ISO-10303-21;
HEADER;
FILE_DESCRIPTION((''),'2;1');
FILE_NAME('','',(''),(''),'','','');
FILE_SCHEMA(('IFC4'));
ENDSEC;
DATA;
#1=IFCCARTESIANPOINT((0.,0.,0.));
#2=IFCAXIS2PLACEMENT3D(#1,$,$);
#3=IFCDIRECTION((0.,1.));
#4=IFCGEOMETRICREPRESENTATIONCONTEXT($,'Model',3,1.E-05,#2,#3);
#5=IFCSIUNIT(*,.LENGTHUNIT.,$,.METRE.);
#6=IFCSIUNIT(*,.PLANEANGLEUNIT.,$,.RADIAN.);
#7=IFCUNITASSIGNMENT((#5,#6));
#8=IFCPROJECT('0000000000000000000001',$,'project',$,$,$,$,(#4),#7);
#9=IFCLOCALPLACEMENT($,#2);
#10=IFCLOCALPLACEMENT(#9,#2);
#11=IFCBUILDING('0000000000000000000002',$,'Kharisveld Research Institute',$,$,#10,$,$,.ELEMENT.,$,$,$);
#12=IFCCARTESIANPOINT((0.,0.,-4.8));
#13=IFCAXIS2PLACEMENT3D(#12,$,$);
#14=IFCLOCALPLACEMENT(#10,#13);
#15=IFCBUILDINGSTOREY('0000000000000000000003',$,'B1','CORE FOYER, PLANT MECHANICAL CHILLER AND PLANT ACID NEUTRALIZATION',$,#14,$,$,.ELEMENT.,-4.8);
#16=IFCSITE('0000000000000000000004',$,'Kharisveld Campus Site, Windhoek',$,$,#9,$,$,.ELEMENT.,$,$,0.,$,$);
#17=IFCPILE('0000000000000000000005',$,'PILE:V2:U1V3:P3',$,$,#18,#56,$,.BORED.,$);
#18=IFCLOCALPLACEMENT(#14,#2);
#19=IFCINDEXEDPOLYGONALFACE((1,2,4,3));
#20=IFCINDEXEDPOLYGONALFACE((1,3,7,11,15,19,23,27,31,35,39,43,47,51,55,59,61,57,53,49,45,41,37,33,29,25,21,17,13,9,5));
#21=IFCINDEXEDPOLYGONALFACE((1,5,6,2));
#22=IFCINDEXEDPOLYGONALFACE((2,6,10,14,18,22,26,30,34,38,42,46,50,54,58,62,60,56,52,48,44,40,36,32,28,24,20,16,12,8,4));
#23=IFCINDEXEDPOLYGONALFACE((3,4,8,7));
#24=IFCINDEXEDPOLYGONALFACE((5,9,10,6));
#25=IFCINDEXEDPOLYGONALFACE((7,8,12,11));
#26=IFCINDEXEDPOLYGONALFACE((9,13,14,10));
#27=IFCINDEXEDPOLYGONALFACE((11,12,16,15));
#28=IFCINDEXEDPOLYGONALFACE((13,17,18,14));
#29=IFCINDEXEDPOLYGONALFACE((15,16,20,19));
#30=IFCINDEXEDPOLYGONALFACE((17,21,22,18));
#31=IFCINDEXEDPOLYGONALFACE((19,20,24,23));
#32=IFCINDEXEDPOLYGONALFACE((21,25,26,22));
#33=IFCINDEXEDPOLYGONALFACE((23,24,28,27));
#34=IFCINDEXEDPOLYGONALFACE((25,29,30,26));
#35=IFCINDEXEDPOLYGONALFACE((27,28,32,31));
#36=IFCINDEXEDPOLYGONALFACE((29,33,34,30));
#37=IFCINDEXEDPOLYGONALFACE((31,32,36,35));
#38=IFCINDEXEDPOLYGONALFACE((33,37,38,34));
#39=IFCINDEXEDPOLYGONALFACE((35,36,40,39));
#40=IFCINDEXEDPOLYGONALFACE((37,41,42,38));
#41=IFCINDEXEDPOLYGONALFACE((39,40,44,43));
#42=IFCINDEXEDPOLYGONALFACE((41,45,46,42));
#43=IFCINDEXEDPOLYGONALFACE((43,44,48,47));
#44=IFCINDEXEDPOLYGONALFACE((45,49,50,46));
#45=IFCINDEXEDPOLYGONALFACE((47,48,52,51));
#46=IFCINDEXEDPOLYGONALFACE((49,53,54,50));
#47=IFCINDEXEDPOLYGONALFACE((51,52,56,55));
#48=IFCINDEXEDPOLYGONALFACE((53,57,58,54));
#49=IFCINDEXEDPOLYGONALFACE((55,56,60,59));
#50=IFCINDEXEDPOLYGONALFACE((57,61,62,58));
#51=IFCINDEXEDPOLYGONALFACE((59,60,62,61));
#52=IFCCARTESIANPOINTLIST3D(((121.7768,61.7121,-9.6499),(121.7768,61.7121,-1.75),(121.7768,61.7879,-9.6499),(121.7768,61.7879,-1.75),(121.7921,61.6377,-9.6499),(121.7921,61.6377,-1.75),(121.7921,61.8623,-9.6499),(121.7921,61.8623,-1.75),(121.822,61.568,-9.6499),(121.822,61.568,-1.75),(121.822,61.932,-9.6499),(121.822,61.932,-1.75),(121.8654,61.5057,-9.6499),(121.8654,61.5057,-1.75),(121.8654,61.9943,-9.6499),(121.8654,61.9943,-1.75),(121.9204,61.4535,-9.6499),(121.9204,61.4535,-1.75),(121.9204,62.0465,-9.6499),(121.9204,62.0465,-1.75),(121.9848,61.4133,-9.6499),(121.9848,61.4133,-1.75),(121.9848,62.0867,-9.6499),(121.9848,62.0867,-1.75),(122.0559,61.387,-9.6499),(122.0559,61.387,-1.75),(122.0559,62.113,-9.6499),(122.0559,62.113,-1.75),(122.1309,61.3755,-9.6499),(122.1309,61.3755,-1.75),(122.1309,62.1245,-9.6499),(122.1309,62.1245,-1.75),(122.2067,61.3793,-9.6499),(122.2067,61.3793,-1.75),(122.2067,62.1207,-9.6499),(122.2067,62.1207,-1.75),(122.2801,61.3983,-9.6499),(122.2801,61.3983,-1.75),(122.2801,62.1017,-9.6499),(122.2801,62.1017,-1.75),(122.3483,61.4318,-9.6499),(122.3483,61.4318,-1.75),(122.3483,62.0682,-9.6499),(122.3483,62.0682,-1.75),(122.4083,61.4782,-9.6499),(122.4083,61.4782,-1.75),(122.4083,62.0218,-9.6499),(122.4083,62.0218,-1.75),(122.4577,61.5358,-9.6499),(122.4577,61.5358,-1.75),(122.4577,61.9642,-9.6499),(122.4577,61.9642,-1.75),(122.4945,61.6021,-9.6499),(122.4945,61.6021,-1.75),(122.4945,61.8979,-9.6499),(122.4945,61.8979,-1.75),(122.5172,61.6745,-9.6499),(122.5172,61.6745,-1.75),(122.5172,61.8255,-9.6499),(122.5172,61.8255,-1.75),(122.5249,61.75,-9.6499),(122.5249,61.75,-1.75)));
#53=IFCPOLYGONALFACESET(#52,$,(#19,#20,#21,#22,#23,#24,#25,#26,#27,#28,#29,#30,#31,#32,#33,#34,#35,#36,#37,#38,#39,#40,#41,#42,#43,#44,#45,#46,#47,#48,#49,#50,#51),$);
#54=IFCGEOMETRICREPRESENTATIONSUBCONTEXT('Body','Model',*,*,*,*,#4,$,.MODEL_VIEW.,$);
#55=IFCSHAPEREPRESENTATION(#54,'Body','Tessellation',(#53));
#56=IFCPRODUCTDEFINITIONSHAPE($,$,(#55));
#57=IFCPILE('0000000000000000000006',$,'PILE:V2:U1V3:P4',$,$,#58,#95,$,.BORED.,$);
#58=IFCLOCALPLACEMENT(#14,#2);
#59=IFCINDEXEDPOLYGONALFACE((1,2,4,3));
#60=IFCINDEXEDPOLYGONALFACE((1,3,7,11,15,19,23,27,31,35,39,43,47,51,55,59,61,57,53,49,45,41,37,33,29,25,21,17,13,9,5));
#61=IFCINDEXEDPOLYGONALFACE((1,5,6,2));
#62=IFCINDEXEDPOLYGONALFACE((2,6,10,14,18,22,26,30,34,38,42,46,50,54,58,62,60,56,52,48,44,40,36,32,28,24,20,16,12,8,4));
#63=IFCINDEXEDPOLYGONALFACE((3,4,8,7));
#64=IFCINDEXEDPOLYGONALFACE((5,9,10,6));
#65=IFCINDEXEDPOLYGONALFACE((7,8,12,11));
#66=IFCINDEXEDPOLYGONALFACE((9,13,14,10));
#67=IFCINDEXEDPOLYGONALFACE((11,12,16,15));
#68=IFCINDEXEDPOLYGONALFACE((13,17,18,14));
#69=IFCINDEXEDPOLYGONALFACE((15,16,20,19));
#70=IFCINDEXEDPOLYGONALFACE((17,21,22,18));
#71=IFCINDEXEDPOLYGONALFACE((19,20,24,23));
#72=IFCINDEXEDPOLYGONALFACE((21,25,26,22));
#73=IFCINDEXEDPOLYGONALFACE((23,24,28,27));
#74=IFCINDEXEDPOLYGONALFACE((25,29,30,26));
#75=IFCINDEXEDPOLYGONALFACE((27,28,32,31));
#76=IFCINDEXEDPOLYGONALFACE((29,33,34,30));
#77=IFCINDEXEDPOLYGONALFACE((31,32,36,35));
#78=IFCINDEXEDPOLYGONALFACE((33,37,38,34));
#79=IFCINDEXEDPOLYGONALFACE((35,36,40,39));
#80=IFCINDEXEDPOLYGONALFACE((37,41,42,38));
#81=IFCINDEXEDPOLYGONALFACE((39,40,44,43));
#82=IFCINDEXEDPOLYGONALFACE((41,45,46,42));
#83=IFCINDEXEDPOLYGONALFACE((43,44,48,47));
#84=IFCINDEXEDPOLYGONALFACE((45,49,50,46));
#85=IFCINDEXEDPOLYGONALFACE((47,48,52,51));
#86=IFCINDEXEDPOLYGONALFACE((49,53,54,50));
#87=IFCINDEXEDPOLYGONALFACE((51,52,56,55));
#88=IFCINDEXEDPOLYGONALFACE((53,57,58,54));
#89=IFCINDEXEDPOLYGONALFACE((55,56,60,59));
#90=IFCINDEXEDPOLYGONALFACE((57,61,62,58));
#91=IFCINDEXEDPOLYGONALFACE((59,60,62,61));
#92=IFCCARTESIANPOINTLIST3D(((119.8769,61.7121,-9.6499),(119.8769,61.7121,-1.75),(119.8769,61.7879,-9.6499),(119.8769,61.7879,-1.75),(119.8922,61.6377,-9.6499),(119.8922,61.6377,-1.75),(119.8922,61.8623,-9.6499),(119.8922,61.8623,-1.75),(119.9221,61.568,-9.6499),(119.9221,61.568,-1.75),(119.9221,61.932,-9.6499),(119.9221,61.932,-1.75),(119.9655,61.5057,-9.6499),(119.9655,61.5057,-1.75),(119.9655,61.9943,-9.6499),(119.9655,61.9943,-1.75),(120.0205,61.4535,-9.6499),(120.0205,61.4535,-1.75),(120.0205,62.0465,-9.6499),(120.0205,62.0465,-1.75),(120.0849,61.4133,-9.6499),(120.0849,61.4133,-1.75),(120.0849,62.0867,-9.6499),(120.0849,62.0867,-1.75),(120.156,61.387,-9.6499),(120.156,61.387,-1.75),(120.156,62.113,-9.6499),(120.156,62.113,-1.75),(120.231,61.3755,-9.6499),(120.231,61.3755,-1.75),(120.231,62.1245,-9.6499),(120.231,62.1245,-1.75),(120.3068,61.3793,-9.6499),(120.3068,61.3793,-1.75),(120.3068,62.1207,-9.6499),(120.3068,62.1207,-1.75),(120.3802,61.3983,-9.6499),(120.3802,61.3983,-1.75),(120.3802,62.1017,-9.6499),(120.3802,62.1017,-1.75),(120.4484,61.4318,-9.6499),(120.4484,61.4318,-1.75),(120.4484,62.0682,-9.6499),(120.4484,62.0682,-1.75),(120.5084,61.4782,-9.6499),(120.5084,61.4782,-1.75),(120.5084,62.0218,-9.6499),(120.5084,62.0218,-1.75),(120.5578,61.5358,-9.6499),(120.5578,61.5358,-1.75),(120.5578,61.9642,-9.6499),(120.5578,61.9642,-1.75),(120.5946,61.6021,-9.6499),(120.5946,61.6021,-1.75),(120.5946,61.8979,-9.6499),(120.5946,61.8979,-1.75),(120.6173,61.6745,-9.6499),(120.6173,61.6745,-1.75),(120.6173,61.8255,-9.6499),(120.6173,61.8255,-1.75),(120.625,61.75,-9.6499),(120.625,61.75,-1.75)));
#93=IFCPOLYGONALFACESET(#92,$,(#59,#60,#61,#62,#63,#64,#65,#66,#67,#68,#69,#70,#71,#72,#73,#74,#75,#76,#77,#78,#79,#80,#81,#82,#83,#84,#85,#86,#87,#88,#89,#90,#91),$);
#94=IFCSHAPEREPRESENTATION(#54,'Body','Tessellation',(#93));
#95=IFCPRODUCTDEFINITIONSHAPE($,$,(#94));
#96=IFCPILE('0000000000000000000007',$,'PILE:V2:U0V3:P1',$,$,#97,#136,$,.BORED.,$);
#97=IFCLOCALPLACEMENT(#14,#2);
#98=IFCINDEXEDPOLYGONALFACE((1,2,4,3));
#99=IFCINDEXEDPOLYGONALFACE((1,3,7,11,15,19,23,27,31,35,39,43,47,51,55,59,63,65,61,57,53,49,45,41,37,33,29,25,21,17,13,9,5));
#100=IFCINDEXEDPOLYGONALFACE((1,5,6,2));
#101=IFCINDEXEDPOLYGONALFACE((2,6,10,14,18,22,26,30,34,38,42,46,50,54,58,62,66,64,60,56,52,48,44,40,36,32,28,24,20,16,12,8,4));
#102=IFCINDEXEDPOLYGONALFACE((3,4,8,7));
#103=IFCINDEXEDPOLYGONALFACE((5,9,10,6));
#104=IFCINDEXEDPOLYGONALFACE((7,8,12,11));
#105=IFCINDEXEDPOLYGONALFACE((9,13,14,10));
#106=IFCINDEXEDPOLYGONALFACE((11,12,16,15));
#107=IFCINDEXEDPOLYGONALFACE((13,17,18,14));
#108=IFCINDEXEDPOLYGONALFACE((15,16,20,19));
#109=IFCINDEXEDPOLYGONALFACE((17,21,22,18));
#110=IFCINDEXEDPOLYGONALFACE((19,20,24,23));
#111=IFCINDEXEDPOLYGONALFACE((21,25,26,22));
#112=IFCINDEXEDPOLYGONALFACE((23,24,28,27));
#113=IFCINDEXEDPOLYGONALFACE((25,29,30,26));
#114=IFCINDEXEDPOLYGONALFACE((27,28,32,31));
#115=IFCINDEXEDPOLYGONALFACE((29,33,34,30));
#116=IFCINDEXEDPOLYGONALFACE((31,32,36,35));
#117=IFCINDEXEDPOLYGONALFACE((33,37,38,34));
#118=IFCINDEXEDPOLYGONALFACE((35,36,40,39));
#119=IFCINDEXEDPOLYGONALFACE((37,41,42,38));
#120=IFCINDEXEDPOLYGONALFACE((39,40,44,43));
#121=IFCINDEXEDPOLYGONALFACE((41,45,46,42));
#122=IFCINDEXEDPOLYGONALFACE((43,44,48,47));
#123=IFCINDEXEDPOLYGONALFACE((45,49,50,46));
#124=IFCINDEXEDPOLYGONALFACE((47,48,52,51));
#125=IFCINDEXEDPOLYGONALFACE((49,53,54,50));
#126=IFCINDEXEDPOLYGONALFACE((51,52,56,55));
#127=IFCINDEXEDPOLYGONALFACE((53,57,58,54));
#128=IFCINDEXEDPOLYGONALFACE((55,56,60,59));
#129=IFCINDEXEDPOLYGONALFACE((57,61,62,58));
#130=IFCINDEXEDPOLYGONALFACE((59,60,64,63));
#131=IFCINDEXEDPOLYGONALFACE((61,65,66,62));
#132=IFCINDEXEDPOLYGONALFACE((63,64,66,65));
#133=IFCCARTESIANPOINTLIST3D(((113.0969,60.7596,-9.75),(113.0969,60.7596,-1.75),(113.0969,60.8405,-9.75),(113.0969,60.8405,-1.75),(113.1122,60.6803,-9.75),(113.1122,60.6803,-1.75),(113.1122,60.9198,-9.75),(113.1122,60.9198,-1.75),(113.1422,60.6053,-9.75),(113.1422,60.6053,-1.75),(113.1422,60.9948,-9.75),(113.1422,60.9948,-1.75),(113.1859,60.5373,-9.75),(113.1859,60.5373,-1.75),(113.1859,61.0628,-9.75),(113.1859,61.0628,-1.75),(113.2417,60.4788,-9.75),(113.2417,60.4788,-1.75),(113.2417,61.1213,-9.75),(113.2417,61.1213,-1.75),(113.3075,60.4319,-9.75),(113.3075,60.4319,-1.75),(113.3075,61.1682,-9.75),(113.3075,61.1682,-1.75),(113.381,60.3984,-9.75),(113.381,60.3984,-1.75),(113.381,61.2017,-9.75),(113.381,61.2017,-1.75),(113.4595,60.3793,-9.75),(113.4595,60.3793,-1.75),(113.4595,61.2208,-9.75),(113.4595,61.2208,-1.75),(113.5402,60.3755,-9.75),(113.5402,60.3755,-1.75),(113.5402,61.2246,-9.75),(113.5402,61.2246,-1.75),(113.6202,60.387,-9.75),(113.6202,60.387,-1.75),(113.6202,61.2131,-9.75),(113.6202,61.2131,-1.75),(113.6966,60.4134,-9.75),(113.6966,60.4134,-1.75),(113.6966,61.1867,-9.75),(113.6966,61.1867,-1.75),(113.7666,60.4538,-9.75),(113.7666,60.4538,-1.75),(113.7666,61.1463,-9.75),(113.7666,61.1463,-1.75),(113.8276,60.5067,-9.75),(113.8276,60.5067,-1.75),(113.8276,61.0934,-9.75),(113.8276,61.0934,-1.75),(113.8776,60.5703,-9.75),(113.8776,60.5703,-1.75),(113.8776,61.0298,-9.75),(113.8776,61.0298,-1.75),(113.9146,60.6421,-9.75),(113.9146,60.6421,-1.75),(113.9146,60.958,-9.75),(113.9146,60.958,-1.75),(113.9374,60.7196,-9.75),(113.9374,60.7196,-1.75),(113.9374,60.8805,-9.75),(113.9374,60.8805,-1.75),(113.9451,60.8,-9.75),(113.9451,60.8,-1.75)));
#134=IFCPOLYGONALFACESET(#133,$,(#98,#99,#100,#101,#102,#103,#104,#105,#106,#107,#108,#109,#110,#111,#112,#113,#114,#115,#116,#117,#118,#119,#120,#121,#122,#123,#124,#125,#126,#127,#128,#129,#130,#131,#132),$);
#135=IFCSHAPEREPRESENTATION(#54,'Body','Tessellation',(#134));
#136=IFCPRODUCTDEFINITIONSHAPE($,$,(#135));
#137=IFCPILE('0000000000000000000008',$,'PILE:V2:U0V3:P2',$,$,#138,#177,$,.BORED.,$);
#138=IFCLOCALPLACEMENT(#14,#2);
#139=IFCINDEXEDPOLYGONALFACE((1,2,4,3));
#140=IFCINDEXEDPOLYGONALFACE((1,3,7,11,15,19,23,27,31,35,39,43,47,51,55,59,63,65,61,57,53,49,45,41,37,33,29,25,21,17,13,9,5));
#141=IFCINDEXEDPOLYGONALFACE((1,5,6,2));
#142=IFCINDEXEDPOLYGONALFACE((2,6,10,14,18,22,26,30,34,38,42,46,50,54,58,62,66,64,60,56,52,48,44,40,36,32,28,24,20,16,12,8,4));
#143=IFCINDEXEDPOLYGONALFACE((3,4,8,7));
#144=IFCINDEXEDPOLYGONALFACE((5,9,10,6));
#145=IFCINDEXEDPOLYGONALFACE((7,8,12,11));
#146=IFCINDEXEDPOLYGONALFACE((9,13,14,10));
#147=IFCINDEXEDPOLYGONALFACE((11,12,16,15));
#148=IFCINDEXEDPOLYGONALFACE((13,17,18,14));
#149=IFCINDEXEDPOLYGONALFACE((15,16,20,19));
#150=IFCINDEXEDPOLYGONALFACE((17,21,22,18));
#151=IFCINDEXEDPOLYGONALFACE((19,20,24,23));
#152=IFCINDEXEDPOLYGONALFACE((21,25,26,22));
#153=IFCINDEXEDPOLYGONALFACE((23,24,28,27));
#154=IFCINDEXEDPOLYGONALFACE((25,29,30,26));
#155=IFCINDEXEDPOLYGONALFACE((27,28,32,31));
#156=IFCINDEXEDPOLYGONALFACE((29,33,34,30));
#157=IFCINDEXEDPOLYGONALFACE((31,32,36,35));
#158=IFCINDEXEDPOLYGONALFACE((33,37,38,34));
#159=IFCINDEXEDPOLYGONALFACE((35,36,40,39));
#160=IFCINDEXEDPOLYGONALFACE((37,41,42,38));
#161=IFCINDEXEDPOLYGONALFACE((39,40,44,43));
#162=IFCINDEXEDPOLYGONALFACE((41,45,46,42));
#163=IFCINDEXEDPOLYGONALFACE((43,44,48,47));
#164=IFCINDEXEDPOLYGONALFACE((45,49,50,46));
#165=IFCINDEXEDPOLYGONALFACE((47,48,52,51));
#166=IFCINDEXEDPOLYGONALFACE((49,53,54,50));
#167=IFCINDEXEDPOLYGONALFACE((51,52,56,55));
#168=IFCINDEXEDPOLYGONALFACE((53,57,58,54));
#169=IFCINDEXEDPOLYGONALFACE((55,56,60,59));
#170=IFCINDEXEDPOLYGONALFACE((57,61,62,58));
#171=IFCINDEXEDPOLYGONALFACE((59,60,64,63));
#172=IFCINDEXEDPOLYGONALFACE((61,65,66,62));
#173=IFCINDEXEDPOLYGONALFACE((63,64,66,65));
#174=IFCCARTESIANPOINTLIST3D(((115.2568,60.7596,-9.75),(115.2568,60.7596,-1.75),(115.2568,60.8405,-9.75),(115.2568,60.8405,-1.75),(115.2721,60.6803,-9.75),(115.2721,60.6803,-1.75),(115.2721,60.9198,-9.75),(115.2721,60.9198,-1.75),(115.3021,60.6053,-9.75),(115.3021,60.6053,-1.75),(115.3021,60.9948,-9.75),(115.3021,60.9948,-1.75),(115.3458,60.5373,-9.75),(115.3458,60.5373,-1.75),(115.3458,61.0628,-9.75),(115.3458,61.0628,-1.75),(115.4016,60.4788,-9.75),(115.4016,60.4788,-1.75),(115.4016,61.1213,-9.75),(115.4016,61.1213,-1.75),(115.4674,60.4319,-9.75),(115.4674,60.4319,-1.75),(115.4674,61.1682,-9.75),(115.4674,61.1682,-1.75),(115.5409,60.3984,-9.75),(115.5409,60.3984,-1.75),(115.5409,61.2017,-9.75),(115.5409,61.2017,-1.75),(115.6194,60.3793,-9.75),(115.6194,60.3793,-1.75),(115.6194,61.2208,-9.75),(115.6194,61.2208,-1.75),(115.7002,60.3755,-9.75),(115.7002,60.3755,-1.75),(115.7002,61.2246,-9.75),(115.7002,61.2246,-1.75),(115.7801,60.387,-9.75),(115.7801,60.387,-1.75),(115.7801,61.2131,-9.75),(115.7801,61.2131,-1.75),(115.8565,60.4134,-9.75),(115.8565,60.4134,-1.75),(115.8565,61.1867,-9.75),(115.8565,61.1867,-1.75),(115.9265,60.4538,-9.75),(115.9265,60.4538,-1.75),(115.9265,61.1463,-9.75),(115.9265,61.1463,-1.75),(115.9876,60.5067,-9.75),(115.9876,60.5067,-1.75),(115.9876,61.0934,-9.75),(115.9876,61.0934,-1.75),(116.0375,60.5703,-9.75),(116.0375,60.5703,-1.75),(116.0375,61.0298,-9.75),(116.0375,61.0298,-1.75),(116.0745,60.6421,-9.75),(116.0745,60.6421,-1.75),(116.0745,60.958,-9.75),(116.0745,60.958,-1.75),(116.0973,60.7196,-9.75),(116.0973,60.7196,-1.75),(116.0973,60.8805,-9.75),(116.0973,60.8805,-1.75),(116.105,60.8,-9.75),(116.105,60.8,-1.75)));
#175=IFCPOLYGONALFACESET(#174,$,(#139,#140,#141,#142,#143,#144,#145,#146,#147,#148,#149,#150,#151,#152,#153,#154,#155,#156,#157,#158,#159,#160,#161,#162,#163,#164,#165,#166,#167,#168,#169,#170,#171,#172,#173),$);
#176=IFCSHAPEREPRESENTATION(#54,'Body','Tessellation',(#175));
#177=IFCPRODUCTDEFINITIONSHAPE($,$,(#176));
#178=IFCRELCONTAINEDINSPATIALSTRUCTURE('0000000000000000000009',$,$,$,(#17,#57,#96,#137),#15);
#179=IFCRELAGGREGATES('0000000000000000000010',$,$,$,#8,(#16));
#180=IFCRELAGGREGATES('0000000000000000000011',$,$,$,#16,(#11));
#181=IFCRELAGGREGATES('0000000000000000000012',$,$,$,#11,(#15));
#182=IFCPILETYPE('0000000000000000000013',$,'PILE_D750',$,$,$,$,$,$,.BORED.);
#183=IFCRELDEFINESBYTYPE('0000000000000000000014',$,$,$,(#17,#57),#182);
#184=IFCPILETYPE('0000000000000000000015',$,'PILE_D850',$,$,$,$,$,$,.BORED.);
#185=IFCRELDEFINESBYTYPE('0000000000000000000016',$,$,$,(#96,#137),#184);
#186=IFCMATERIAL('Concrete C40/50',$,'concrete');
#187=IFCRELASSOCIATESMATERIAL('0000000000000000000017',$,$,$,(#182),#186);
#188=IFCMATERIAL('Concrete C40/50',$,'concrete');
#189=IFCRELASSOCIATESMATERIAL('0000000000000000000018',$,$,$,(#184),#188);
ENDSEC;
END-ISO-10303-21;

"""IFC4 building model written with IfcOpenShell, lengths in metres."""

from ifc_helpers import new_model, si_unit, direction, frame, origin, origin_2d, place, context, subcontext, project, spatial, circle, extrude, material, material_profile, profile_set, type_object, element, save


model = new_model("IFC4")

# Units and contexts
model_context = context("Model", 3, precision=1e-05, world=origin(), true_north=direction((0.0, 1.0)))
body_context = subcontext(model_context, "Body", "Model", "MODEL_VIEW")
ifc_project = project(units=[si_unit("LENGTHUNIT", "METRE"), si_unit("PLANEANGLEUNIT", "RADIAN")], contexts=[model_context])

# Site, building, storey
site_placement = place(None, origin())
site = spatial("IfcSite", under=ifc_project, at=site_placement, Name="Kharisveld Campus Site, Windhoek", CompositionType="ELEMENT", RefElevation=0.0)
building_placement = place(site_placement, origin())
building = spatial("IfcBuilding", under=site, at=building_placement, Name="Kharisveld Research Institute", CompositionType="ELEMENT")
storey_placement = place(building_placement, frame((0.0, 0.0, -4.8)))
storey = spatial("IfcBuildingStorey", under=building, at=storey_placement, Name="B1", Description="CORE FOYER, PLANT MECHANICAL CHILLER AND PLANT ACID NEUTRALIZATION", CompositionType="ELEMENT", Elevation=-4.8)

# Piles
ifc_material_1 = material(Name="Concrete C40/50", Category="concrete")
ifc_material_profile_1 = material_profile(ifc_material_1, circle(Radius=0.375, at=origin_2d()))
ifc_profile_set_1 = profile_set([ifc_material_profile_1], Name="Concrete C40/50")
pile_type_1 = type_object("IfcPileType", Name="PILE_D750", PredefinedType="BORED", material=ifc_profile_set_1)
for number, where, z_axis, x_axis, name in (
    (1, (122.1499, 61.75, -1.75), (0.0, 0.0, -1.0), (1.0, 0.0, 0.0), "PILE:V2:U1V3:P3"),
    (2, (120.25, 61.75, -1.75), (0.0, 0.0, -1.0), (1.0, 0.0, 0.0), "PILE:V2:U1V3:P4"),
):
    element("IfcPile", number, at=place(storey_placement, frame(where, z_axis=z_axis, x_axis=x_axis)), inside=storey, type_object=pile_type_1, Name=name, PredefinedType="BORED", context=body_context, shape_type="SweptSolid", body=[
        extrude(circle(Radius=0.375, at=origin_2d()), origin(), (0.0, 0.0, 1.0), 7.8999),
    ])
ifc_material_2 = material(Name="Concrete C40/50", Category="concrete")
ifc_material_profile_2 = material_profile(ifc_material_2, circle(Radius=0.425, at=origin_2d()))
ifc_profile_set_2 = profile_set([ifc_material_profile_2], Name="Concrete C40/50")
pile_type_2 = type_object("IfcPileType", Name="PILE_D850", PredefinedType="BORED", material=ifc_profile_set_2)
for number, where, z_axis, x_axis, name in (
    (3, (113.52, 60.8, -1.75), (0.0, 0.0, -1.0), (1.0, 0.0, 0.0), "PILE:V2:U0V3:P1"),
    (4, (115.6799, 60.8, -1.75), (0.0, 0.0, -1.0), (1.0, 0.0, 0.0), "PILE:V2:U0V3:P2"),
):
    element("IfcPile", number, at=place(storey_placement, frame(where, z_axis=z_axis, x_axis=x_axis)), inside=storey, type_object=pile_type_2, Name=name, PredefinedType="BORED", context=body_context, shape_type="SweptSolid", body=[
        extrude(circle(Radius=0.425, at=origin_2d()), origin(), (0.0, 0.0, 1.0), 8.0),
    ])

save(model, "model.ifc")
